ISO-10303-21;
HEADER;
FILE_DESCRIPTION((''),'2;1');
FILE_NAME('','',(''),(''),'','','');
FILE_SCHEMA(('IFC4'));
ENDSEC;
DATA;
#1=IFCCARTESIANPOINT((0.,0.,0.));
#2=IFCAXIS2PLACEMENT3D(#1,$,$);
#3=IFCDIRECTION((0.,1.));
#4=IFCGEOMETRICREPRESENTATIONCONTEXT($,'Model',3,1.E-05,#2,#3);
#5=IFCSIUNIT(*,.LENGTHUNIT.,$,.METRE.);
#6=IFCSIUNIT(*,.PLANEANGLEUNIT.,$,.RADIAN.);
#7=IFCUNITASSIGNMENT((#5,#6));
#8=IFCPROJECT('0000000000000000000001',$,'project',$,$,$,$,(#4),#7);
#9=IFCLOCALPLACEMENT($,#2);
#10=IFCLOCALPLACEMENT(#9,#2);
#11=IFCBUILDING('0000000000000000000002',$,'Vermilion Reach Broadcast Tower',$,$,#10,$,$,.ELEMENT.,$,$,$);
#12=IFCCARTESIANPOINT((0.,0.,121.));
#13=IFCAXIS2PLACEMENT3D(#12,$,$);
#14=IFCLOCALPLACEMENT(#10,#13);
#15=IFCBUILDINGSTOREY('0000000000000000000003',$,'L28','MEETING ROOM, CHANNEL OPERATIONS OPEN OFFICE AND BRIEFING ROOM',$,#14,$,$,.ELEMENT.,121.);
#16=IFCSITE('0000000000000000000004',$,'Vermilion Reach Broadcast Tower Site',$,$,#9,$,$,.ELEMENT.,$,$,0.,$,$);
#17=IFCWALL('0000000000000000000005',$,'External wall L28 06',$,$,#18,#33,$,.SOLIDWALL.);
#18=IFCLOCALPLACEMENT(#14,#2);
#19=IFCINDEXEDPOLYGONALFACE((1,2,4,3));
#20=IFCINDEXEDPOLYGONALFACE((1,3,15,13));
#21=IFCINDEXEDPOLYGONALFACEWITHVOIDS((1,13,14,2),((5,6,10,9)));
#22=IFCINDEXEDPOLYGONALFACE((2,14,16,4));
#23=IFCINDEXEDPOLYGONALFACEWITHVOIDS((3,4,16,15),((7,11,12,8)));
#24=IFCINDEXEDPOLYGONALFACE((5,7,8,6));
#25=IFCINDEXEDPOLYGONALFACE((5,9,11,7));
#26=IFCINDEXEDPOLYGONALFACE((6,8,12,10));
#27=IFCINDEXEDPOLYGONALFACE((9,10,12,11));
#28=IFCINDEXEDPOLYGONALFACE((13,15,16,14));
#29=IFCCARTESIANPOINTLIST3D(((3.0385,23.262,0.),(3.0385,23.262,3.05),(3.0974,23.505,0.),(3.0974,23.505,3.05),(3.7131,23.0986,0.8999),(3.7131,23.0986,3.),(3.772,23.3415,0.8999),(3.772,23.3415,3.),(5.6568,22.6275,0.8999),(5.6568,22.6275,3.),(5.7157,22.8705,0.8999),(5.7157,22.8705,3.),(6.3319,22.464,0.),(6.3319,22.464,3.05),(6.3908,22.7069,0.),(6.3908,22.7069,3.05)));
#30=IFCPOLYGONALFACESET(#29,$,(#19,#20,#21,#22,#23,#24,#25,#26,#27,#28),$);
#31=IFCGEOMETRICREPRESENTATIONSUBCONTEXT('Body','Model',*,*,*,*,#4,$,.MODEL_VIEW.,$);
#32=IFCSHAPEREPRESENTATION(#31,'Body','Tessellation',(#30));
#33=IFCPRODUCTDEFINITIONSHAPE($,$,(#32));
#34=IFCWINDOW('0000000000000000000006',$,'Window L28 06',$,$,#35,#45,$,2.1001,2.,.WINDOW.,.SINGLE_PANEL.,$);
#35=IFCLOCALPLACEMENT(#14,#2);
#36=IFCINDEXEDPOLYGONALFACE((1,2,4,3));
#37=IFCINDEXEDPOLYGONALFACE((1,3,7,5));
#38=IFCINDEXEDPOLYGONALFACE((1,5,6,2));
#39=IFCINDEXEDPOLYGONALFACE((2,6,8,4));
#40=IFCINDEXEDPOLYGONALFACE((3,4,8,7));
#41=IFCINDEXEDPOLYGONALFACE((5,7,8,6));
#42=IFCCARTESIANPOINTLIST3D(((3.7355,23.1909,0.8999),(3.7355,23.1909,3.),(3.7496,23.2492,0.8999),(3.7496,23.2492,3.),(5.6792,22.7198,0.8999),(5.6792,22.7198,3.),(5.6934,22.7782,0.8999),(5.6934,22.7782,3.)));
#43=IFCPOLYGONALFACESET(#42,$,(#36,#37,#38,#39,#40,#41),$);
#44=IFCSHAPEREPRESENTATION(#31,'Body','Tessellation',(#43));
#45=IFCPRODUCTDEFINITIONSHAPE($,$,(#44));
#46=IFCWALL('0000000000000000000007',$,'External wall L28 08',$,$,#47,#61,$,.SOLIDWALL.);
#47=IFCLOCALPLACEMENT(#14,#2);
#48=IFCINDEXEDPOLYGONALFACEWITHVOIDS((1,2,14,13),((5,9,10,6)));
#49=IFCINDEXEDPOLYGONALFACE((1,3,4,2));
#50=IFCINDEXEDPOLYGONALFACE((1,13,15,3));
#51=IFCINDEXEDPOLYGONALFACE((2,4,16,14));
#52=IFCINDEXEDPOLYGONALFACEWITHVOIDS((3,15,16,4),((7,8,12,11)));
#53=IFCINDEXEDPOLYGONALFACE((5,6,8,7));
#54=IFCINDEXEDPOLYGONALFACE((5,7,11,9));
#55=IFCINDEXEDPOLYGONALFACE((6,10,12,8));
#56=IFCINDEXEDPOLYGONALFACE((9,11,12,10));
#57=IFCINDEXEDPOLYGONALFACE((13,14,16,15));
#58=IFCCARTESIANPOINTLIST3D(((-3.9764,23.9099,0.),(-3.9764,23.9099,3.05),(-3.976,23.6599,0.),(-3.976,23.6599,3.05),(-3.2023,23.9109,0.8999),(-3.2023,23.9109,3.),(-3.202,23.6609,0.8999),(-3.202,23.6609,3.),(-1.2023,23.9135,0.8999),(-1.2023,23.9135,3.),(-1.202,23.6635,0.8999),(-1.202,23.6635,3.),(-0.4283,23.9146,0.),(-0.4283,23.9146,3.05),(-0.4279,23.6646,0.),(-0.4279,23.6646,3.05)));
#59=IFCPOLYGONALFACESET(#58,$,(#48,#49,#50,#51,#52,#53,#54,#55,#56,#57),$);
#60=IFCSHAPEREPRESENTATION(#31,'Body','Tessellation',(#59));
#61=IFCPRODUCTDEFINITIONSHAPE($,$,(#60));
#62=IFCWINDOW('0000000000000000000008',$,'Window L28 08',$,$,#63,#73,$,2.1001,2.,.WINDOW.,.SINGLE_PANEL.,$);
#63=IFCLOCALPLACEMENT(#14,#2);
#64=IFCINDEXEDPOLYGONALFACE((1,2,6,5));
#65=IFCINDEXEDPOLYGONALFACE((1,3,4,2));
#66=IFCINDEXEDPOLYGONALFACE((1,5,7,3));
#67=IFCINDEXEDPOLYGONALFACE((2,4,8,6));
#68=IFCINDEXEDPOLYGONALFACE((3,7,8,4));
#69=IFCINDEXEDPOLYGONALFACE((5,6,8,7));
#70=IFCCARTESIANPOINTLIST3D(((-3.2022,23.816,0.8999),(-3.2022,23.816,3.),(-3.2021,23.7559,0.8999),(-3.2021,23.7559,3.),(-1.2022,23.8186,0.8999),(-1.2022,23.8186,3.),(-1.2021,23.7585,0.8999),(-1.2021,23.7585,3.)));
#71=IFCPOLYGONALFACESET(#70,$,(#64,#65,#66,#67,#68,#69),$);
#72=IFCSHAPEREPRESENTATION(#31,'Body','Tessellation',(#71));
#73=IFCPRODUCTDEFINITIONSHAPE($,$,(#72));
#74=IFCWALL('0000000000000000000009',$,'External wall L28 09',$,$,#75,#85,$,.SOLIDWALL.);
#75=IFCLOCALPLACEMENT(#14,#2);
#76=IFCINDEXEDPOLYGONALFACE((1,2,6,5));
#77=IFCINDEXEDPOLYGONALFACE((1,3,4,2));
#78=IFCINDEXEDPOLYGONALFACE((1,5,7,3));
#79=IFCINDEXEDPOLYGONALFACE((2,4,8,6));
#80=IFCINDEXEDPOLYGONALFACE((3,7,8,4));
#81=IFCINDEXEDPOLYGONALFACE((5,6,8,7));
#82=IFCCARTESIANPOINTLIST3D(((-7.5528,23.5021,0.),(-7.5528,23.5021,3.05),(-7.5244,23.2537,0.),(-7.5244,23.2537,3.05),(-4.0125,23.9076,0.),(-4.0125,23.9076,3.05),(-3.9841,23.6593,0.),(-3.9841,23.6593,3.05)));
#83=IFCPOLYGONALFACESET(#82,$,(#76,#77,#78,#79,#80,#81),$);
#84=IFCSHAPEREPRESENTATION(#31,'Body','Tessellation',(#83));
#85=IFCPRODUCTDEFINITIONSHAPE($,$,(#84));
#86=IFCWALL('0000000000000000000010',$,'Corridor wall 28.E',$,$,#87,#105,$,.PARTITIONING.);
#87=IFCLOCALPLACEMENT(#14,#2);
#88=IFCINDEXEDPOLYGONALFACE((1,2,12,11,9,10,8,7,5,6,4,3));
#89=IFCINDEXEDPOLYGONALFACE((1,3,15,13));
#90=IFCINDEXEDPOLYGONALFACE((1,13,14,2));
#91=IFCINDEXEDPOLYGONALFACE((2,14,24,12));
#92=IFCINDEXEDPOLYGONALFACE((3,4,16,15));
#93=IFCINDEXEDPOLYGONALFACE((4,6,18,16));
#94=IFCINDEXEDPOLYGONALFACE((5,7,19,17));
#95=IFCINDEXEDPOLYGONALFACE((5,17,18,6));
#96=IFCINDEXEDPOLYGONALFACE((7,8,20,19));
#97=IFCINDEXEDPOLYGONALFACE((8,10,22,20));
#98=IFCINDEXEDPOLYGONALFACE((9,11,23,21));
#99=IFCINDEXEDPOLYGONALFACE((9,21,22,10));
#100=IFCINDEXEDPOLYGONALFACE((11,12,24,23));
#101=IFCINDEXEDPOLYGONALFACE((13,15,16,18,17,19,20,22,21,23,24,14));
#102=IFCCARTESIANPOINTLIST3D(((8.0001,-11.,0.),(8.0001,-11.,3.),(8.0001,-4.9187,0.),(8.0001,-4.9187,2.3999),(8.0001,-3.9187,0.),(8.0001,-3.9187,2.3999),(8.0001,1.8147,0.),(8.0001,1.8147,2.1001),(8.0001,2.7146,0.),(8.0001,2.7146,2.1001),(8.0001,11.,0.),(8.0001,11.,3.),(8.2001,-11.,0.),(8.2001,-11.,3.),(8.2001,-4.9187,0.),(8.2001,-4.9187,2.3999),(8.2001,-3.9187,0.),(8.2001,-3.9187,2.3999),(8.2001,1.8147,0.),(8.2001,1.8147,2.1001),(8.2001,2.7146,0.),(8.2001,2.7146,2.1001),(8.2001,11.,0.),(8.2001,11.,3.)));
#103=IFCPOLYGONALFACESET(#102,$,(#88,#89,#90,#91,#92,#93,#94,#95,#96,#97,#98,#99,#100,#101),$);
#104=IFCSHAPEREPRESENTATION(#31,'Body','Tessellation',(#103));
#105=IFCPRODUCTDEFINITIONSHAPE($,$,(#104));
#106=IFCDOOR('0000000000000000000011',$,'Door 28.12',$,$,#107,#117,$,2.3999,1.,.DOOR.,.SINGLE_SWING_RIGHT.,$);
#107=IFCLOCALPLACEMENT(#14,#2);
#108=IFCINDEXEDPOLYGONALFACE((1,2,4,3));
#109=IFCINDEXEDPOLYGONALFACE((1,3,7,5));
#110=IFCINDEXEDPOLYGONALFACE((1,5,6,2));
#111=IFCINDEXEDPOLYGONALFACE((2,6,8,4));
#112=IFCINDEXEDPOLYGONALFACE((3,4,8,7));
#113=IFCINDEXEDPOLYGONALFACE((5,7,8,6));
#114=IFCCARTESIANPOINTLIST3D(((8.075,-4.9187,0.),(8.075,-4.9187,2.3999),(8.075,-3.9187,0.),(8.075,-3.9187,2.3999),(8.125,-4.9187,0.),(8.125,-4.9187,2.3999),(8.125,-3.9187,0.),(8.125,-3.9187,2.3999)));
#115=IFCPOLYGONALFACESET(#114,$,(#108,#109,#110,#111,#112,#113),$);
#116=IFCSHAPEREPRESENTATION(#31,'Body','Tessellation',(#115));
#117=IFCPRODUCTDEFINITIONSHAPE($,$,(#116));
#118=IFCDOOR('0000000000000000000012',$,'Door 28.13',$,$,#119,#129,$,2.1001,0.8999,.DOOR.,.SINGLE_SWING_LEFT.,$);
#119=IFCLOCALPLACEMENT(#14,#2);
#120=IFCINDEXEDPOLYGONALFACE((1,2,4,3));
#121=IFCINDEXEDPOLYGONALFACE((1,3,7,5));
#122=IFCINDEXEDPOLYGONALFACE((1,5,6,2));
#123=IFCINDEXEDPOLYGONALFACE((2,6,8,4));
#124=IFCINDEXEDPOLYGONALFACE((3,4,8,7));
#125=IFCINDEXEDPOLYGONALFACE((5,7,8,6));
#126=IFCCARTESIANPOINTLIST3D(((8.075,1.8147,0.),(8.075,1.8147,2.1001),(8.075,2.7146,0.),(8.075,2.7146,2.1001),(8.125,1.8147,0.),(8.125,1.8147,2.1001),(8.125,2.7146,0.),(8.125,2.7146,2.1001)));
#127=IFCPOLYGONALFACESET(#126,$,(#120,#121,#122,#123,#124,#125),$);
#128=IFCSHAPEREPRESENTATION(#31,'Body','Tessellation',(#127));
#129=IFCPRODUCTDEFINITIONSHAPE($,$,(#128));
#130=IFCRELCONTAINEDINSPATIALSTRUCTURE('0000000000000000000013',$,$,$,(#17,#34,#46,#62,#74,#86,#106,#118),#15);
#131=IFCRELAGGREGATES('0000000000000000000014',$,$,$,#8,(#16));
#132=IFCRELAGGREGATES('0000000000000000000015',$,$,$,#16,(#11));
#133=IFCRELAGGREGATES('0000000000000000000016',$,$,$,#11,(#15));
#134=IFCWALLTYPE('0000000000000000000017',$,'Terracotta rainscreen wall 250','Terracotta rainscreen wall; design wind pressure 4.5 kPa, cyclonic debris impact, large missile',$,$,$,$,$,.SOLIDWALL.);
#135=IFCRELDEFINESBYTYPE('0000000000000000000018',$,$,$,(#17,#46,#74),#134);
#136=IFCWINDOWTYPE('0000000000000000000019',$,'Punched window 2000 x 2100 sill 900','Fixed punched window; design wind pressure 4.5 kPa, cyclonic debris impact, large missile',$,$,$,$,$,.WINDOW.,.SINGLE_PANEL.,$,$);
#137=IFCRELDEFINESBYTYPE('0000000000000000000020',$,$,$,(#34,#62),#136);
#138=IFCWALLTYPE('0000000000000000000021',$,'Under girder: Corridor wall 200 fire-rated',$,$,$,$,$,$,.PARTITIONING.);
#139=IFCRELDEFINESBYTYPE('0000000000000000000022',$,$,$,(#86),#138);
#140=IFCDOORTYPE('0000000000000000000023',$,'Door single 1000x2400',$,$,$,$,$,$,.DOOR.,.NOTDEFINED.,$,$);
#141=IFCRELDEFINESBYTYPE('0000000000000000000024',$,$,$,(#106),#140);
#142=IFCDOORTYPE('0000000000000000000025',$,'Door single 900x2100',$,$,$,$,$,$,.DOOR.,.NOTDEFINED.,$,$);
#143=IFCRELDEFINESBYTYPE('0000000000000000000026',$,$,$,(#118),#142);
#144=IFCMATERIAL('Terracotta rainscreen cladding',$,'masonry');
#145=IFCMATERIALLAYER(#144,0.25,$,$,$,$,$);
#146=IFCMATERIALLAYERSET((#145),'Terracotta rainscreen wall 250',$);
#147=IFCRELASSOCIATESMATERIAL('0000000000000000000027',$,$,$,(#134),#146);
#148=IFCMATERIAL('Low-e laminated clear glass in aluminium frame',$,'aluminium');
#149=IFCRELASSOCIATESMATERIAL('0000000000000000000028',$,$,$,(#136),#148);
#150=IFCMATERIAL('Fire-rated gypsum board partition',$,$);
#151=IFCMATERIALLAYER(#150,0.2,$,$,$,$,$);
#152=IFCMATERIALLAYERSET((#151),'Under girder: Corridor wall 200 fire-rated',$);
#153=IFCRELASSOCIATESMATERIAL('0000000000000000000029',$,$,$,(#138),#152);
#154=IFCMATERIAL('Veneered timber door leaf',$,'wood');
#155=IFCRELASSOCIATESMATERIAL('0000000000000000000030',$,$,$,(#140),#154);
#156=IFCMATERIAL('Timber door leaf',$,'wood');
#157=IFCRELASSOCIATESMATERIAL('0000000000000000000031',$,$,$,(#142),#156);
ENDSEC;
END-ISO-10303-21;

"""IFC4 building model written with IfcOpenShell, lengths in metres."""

from ifc_helpers import new_model, si_unit, direction, frame, frame_2d, origin, place, context, subcontext, project, spatial, rectangle, extrude, material, layer, layer_set, type_object, element, fill, save


model = new_model("IFC4")

# Units and contexts
model_context = context("Model", 3, precision=1e-05, world=origin(), true_north=direction((0.0, 1.0)))
body_context = subcontext(model_context, "Body", "Model", "MODEL_VIEW")
ifc_project = project(units=[si_unit("LENGTHUNIT", "METRE"), si_unit("PLANEANGLEUNIT", "RADIAN")], contexts=[model_context])

# Site, building, storey
site_placement = place(None, origin())
site = spatial("IfcSite", under=ifc_project, at=site_placement, Name="Vermilion Reach Broadcast Tower Site", CompositionType="ELEMENT", RefElevation=0.0)
building_placement = place(site_placement, origin())
building = spatial("IfcBuilding", under=site, at=building_placement, Name="Vermilion Reach Broadcast Tower", CompositionType="ELEMENT")
storey_placement = place(building_placement, frame((0.0, 0.0, 121.0)))
storey = spatial("IfcBuildingStorey", under=building, at=storey_placement, Name="L28", Description="MEETING ROOM, CHANNEL OPERATIONS OPEN OFFICE AND BRIEFING ROOM", CompositionType="ELEMENT", Elevation=121.0)

# Wall, opening, window
ifc_material_1 = material(Name="Terracotta rainscreen cladding", Category="masonry")
ifc_layer_1 = layer(ifc_material_1, 0.25)
ifc_layer_set_1 = layer_set([ifc_layer_1], Name="Terracotta rainscreen wall 250")
wall_type_1 = type_object("IfcWallType", Name="Terracotta rainscreen wall 250", Description="Terracotta rainscreen wall; design wind pressure 4.5 kPa, cyclonic debris impact, large missile", PredefinedType="SOLIDWALL", material=ifc_layer_set_1)
wall_1_placement = place(storey_placement, frame((6.3613, 22.5854, 0.0), z_axis=(0.0, 0.0, 1.0), x_axis=(-0.971872, 0.235511, 0.0)))
wall_1 = element("IfcWall", 1, at=wall_1_placement, inside=storey, type_object=wall_type_1, Name="External wall L28 06", PredefinedType="SOLIDWALL", context=body_context, shape_type="SweptSolid", body=[
    extrude(rectangle(XDim=3.3887, YDim=0.25, at=frame_2d((1.6943, 0.0))), origin(), (0.0, 0.0, 1.0), 3.05),
])
opening_1_placement = place(wall_1_placement, frame((0.6946, 0.0, 0.8999)))
opening_1 = element("IfcOpeningElement", 2, at=opening_1_placement, cuts=wall_1, PredefinedType="OPENING", context=body_context, shape_type="SweptSolid", body=[
    extrude(rectangle(XDim=2.0, YDim=2.1001, at=frame_2d((1.0, 1.05))), frame((0.0, 0.135, 0.0), z_axis=(0.0, -1.0, 0.0), x_axis=(1.0, 0.0, 0.0)), (0.0, 0.0, 1.0), 0.27),
])
ifc_material_2 = material(Name="Low-e laminated clear glass in aluminium frame", Category="aluminium")
window_type = type_object("IfcWindowType", Name="Punched window 2000 x 2100 sill 900", Description="Fixed punched window; design wind pressure 4.5 kPa, cyclonic debris impact, large missile", PartitioningType="SINGLE_PANEL", PredefinedType="WINDOW", material=ifc_material_2)
window_1_placement = place(opening_1_placement, origin())
window_1 = element("IfcWindow", 3, at=window_1_placement, inside=storey, type_object=window_type, Name="Window L28 06", OverallHeight=2.1001, OverallWidth=2.0, PartitioningType="SINGLE_PANEL", PredefinedType="WINDOW", context=body_context, shape_type="SweptSolid", body=[
    extrude(rectangle(XDim=2.0, YDim=2.1001, at=frame_2d((1.0, 1.05))), frame((0.0, 0.03, 0.0), z_axis=(0.0, -1.0, 0.0), x_axis=(1.0, 0.0, 0.0)), (0.0, 0.0, 1.0), 0.0601),
])
fill(opening_1, window_1)

# Wall, opening, window
wall_2_placement = place(storey_placement, frame((-0.4282, 23.7896, 0.0), z_axis=(0.0, 0.0, 1.0), x_axis=(-0.999999, -0.001307, 0.0)))
wall_2 = element("IfcWall", 4, at=wall_2_placement, inside=storey, type_object=wall_type_1, Name="External wall L28 08", PredefinedType="SOLIDWALL", context=body_context, shape_type="SweptSolid", body=[
    extrude(rectangle(XDim=3.5481, YDim=0.25, at=frame_2d((1.7739, 0.0))), origin(), (0.0, 0.0, 1.0), 3.05),
])
opening_2_placement = place(wall_2_placement, frame((0.7739, 0.0, 0.8999)))
opening_2 = element("IfcOpeningElement", 5, at=opening_2_placement, cuts=wall_2, PredefinedType="OPENING", context=body_context, shape_type="SweptSolid", body=[
    extrude(rectangle(XDim=2.0, YDim=2.1001, at=frame_2d((1.0, 1.05))), frame((0.0, 0.135, 0.0), z_axis=(0.0, -1.0, 0.0), x_axis=(1.0, 0.0, 0.0)), (0.0, 0.0, 1.0), 0.27),
])
window_2_placement = place(opening_2_placement, origin())
window_2 = element("IfcWindow", 6, at=window_2_placement, inside=storey, type_object=window_type, Name="Window L28 08", OverallHeight=2.1001, OverallWidth=2.0, PartitioningType="SINGLE_PANEL", PredefinedType="WINDOW", context=body_context, shape_type="SweptSolid", body=[
    extrude(rectangle(XDim=2.0, YDim=2.1001, at=frame_2d((1.0, 1.05))), frame((0.0, 0.03, 0.0), z_axis=(0.0, -1.0, 0.0), x_axis=(1.0, 0.0, 0.0)), (0.0, 0.0, 1.0), 0.0601),
])
fill(opening_2, window_2)

# Wall
wall_3_placement = place(storey_placement, frame((-3.9983, 23.7834, 0.0), z_axis=(0.0, 0.0, 1.0), x_axis=(-0.993504, -0.1138, 0.0)))
element("IfcWall", 7, at=wall_3_placement, inside=storey, type_object=wall_type_1, Name="External wall L28 09", PredefinedType="SOLIDWALL", context=body_context, shape_type="SweptSolid", body=[
    extrude(rectangle(XDim=3.5635, YDim=0.25, at=frame_2d((1.7817, 0.0))), origin(), (0.0, 0.0, 1.0), 3.05),
])

# Wall, openings, doors
ifc_material_3 = material(Name="Fire-rated gypsum board partition")
ifc_layer_2 = layer(ifc_material_3, 0.2)
ifc_layer_set_2 = layer_set([ifc_layer_2], Name="Under girder: Corridor wall 200 fire-rated")
wall_type_2 = type_object("IfcWallType", Name="Under girder: Corridor wall 200 fire-rated", PredefinedType="PARTITIONING", material=ifc_layer_set_2)
wall_4_placement = place(storey_placement, frame((8.1001, 11.0, 0.0), z_axis=(0.0, 0.0, 1.0), x_axis=(0.0, -1.0, 0.0)))
wall_4 = element("IfcWall", 8, at=wall_4_placement, inside=storey, type_object=wall_type_2, Name="Corridor wall 28.E", PredefinedType="PARTITIONING", context=body_context, shape_type="SweptSolid", body=[
    extrude(rectangle(XDim=22.0, YDim=0.2, at=frame_2d((11.0, 0.0))), origin(), (0.0, 0.0, 1.0), 3.0),
])
opening_3_placement = place(wall_4_placement, frame((14.9187, 0.0, 0.0)))
opening_3 = element("IfcOpeningElement", 9, at=opening_3_placement, cuts=wall_4, PredefinedType="OPENING", context=body_context, shape_type="SweptSolid", body=[
    extrude(rectangle(XDim=1.0, YDim=2.3999, at=frame_2d((0.5, 1.2))), frame((0.0, 0.1099, 0.0), z_axis=(0.0, -1.0, 0.0), x_axis=(1.0, 0.0, 0.0)), (0.0, 0.0, 1.0), 0.22),
])
opening_4_placement = place(wall_4_placement, frame((8.2854, 0.0, 0.0)))
opening_4 = element("IfcOpeningElement", 10, at=opening_4_placement, cuts=wall_4, PredefinedType="OPENING", context=body_context, shape_type="SweptSolid", body=[
    extrude(rectangle(XDim=0.8999, YDim=2.1001, at=frame_2d((0.45, 1.05))), frame((0.0, 0.1099, 0.0), z_axis=(0.0, -1.0, 0.0), x_axis=(1.0, 0.0, 0.0)), (0.0, 0.0, 1.0), 0.22),
])
ifc_material_4 = material(Name="Veneered timber door leaf", Category="wood")
door_type_1 = type_object("IfcDoorType", Name="Door single 1000x2400", OperationType="NOTDEFINED", PredefinedType="DOOR", material=ifc_material_4)
door_1_placement = place(opening_3_placement, origin())
door_1 = element("IfcDoor", 11, at=door_1_placement, inside=storey, type_object=door_type_1, Name="Door 28.12", OperationType="SINGLE_SWING_RIGHT", OverallHeight=2.3999, OverallWidth=1.0, PredefinedType="DOOR", context=body_context, shape_type="SweptSolid", body=[
    extrude(rectangle(XDim=1.0, YDim=2.3999, at=frame_2d((0.5, 1.2))), frame((0.0, 0.0249, 0.0), z_axis=(0.0, -1.0, 0.0), x_axis=(1.0, 0.0, 0.0)), (0.0, 0.0, 1.0), 0.05),
])
fill(opening_3, door_1)
ifc_material_5 = material(Name="Timber door leaf", Category="wood")
door_type_2 = type_object("IfcDoorType", Name="Door single 900x2100", OperationType="NOTDEFINED", PredefinedType="DOOR", material=ifc_material_5)
door_2_placement = place(opening_4_placement, origin())
door_2 = element("IfcDoor", 12, at=door_2_placement, inside=storey, type_object=door_type_2, Name="Door 28.13", OperationType="SINGLE_SWING_LEFT", OverallHeight=2.1001, OverallWidth=0.8999, PredefinedType="DOOR", context=body_context, shape_type="SweptSolid", body=[
    extrude(rectangle(XDim=0.8999, YDim=2.1001, at=frame_2d((0.45, 1.05))), frame((0.0, 0.0249, 0.0), z_axis=(0.0, -1.0, 0.0), x_axis=(1.0, 0.0, 0.0)), (0.0, 0.0, 1.0), 0.05),
])
fill(opening_4, door_2)

save(model, "model.ifc")
